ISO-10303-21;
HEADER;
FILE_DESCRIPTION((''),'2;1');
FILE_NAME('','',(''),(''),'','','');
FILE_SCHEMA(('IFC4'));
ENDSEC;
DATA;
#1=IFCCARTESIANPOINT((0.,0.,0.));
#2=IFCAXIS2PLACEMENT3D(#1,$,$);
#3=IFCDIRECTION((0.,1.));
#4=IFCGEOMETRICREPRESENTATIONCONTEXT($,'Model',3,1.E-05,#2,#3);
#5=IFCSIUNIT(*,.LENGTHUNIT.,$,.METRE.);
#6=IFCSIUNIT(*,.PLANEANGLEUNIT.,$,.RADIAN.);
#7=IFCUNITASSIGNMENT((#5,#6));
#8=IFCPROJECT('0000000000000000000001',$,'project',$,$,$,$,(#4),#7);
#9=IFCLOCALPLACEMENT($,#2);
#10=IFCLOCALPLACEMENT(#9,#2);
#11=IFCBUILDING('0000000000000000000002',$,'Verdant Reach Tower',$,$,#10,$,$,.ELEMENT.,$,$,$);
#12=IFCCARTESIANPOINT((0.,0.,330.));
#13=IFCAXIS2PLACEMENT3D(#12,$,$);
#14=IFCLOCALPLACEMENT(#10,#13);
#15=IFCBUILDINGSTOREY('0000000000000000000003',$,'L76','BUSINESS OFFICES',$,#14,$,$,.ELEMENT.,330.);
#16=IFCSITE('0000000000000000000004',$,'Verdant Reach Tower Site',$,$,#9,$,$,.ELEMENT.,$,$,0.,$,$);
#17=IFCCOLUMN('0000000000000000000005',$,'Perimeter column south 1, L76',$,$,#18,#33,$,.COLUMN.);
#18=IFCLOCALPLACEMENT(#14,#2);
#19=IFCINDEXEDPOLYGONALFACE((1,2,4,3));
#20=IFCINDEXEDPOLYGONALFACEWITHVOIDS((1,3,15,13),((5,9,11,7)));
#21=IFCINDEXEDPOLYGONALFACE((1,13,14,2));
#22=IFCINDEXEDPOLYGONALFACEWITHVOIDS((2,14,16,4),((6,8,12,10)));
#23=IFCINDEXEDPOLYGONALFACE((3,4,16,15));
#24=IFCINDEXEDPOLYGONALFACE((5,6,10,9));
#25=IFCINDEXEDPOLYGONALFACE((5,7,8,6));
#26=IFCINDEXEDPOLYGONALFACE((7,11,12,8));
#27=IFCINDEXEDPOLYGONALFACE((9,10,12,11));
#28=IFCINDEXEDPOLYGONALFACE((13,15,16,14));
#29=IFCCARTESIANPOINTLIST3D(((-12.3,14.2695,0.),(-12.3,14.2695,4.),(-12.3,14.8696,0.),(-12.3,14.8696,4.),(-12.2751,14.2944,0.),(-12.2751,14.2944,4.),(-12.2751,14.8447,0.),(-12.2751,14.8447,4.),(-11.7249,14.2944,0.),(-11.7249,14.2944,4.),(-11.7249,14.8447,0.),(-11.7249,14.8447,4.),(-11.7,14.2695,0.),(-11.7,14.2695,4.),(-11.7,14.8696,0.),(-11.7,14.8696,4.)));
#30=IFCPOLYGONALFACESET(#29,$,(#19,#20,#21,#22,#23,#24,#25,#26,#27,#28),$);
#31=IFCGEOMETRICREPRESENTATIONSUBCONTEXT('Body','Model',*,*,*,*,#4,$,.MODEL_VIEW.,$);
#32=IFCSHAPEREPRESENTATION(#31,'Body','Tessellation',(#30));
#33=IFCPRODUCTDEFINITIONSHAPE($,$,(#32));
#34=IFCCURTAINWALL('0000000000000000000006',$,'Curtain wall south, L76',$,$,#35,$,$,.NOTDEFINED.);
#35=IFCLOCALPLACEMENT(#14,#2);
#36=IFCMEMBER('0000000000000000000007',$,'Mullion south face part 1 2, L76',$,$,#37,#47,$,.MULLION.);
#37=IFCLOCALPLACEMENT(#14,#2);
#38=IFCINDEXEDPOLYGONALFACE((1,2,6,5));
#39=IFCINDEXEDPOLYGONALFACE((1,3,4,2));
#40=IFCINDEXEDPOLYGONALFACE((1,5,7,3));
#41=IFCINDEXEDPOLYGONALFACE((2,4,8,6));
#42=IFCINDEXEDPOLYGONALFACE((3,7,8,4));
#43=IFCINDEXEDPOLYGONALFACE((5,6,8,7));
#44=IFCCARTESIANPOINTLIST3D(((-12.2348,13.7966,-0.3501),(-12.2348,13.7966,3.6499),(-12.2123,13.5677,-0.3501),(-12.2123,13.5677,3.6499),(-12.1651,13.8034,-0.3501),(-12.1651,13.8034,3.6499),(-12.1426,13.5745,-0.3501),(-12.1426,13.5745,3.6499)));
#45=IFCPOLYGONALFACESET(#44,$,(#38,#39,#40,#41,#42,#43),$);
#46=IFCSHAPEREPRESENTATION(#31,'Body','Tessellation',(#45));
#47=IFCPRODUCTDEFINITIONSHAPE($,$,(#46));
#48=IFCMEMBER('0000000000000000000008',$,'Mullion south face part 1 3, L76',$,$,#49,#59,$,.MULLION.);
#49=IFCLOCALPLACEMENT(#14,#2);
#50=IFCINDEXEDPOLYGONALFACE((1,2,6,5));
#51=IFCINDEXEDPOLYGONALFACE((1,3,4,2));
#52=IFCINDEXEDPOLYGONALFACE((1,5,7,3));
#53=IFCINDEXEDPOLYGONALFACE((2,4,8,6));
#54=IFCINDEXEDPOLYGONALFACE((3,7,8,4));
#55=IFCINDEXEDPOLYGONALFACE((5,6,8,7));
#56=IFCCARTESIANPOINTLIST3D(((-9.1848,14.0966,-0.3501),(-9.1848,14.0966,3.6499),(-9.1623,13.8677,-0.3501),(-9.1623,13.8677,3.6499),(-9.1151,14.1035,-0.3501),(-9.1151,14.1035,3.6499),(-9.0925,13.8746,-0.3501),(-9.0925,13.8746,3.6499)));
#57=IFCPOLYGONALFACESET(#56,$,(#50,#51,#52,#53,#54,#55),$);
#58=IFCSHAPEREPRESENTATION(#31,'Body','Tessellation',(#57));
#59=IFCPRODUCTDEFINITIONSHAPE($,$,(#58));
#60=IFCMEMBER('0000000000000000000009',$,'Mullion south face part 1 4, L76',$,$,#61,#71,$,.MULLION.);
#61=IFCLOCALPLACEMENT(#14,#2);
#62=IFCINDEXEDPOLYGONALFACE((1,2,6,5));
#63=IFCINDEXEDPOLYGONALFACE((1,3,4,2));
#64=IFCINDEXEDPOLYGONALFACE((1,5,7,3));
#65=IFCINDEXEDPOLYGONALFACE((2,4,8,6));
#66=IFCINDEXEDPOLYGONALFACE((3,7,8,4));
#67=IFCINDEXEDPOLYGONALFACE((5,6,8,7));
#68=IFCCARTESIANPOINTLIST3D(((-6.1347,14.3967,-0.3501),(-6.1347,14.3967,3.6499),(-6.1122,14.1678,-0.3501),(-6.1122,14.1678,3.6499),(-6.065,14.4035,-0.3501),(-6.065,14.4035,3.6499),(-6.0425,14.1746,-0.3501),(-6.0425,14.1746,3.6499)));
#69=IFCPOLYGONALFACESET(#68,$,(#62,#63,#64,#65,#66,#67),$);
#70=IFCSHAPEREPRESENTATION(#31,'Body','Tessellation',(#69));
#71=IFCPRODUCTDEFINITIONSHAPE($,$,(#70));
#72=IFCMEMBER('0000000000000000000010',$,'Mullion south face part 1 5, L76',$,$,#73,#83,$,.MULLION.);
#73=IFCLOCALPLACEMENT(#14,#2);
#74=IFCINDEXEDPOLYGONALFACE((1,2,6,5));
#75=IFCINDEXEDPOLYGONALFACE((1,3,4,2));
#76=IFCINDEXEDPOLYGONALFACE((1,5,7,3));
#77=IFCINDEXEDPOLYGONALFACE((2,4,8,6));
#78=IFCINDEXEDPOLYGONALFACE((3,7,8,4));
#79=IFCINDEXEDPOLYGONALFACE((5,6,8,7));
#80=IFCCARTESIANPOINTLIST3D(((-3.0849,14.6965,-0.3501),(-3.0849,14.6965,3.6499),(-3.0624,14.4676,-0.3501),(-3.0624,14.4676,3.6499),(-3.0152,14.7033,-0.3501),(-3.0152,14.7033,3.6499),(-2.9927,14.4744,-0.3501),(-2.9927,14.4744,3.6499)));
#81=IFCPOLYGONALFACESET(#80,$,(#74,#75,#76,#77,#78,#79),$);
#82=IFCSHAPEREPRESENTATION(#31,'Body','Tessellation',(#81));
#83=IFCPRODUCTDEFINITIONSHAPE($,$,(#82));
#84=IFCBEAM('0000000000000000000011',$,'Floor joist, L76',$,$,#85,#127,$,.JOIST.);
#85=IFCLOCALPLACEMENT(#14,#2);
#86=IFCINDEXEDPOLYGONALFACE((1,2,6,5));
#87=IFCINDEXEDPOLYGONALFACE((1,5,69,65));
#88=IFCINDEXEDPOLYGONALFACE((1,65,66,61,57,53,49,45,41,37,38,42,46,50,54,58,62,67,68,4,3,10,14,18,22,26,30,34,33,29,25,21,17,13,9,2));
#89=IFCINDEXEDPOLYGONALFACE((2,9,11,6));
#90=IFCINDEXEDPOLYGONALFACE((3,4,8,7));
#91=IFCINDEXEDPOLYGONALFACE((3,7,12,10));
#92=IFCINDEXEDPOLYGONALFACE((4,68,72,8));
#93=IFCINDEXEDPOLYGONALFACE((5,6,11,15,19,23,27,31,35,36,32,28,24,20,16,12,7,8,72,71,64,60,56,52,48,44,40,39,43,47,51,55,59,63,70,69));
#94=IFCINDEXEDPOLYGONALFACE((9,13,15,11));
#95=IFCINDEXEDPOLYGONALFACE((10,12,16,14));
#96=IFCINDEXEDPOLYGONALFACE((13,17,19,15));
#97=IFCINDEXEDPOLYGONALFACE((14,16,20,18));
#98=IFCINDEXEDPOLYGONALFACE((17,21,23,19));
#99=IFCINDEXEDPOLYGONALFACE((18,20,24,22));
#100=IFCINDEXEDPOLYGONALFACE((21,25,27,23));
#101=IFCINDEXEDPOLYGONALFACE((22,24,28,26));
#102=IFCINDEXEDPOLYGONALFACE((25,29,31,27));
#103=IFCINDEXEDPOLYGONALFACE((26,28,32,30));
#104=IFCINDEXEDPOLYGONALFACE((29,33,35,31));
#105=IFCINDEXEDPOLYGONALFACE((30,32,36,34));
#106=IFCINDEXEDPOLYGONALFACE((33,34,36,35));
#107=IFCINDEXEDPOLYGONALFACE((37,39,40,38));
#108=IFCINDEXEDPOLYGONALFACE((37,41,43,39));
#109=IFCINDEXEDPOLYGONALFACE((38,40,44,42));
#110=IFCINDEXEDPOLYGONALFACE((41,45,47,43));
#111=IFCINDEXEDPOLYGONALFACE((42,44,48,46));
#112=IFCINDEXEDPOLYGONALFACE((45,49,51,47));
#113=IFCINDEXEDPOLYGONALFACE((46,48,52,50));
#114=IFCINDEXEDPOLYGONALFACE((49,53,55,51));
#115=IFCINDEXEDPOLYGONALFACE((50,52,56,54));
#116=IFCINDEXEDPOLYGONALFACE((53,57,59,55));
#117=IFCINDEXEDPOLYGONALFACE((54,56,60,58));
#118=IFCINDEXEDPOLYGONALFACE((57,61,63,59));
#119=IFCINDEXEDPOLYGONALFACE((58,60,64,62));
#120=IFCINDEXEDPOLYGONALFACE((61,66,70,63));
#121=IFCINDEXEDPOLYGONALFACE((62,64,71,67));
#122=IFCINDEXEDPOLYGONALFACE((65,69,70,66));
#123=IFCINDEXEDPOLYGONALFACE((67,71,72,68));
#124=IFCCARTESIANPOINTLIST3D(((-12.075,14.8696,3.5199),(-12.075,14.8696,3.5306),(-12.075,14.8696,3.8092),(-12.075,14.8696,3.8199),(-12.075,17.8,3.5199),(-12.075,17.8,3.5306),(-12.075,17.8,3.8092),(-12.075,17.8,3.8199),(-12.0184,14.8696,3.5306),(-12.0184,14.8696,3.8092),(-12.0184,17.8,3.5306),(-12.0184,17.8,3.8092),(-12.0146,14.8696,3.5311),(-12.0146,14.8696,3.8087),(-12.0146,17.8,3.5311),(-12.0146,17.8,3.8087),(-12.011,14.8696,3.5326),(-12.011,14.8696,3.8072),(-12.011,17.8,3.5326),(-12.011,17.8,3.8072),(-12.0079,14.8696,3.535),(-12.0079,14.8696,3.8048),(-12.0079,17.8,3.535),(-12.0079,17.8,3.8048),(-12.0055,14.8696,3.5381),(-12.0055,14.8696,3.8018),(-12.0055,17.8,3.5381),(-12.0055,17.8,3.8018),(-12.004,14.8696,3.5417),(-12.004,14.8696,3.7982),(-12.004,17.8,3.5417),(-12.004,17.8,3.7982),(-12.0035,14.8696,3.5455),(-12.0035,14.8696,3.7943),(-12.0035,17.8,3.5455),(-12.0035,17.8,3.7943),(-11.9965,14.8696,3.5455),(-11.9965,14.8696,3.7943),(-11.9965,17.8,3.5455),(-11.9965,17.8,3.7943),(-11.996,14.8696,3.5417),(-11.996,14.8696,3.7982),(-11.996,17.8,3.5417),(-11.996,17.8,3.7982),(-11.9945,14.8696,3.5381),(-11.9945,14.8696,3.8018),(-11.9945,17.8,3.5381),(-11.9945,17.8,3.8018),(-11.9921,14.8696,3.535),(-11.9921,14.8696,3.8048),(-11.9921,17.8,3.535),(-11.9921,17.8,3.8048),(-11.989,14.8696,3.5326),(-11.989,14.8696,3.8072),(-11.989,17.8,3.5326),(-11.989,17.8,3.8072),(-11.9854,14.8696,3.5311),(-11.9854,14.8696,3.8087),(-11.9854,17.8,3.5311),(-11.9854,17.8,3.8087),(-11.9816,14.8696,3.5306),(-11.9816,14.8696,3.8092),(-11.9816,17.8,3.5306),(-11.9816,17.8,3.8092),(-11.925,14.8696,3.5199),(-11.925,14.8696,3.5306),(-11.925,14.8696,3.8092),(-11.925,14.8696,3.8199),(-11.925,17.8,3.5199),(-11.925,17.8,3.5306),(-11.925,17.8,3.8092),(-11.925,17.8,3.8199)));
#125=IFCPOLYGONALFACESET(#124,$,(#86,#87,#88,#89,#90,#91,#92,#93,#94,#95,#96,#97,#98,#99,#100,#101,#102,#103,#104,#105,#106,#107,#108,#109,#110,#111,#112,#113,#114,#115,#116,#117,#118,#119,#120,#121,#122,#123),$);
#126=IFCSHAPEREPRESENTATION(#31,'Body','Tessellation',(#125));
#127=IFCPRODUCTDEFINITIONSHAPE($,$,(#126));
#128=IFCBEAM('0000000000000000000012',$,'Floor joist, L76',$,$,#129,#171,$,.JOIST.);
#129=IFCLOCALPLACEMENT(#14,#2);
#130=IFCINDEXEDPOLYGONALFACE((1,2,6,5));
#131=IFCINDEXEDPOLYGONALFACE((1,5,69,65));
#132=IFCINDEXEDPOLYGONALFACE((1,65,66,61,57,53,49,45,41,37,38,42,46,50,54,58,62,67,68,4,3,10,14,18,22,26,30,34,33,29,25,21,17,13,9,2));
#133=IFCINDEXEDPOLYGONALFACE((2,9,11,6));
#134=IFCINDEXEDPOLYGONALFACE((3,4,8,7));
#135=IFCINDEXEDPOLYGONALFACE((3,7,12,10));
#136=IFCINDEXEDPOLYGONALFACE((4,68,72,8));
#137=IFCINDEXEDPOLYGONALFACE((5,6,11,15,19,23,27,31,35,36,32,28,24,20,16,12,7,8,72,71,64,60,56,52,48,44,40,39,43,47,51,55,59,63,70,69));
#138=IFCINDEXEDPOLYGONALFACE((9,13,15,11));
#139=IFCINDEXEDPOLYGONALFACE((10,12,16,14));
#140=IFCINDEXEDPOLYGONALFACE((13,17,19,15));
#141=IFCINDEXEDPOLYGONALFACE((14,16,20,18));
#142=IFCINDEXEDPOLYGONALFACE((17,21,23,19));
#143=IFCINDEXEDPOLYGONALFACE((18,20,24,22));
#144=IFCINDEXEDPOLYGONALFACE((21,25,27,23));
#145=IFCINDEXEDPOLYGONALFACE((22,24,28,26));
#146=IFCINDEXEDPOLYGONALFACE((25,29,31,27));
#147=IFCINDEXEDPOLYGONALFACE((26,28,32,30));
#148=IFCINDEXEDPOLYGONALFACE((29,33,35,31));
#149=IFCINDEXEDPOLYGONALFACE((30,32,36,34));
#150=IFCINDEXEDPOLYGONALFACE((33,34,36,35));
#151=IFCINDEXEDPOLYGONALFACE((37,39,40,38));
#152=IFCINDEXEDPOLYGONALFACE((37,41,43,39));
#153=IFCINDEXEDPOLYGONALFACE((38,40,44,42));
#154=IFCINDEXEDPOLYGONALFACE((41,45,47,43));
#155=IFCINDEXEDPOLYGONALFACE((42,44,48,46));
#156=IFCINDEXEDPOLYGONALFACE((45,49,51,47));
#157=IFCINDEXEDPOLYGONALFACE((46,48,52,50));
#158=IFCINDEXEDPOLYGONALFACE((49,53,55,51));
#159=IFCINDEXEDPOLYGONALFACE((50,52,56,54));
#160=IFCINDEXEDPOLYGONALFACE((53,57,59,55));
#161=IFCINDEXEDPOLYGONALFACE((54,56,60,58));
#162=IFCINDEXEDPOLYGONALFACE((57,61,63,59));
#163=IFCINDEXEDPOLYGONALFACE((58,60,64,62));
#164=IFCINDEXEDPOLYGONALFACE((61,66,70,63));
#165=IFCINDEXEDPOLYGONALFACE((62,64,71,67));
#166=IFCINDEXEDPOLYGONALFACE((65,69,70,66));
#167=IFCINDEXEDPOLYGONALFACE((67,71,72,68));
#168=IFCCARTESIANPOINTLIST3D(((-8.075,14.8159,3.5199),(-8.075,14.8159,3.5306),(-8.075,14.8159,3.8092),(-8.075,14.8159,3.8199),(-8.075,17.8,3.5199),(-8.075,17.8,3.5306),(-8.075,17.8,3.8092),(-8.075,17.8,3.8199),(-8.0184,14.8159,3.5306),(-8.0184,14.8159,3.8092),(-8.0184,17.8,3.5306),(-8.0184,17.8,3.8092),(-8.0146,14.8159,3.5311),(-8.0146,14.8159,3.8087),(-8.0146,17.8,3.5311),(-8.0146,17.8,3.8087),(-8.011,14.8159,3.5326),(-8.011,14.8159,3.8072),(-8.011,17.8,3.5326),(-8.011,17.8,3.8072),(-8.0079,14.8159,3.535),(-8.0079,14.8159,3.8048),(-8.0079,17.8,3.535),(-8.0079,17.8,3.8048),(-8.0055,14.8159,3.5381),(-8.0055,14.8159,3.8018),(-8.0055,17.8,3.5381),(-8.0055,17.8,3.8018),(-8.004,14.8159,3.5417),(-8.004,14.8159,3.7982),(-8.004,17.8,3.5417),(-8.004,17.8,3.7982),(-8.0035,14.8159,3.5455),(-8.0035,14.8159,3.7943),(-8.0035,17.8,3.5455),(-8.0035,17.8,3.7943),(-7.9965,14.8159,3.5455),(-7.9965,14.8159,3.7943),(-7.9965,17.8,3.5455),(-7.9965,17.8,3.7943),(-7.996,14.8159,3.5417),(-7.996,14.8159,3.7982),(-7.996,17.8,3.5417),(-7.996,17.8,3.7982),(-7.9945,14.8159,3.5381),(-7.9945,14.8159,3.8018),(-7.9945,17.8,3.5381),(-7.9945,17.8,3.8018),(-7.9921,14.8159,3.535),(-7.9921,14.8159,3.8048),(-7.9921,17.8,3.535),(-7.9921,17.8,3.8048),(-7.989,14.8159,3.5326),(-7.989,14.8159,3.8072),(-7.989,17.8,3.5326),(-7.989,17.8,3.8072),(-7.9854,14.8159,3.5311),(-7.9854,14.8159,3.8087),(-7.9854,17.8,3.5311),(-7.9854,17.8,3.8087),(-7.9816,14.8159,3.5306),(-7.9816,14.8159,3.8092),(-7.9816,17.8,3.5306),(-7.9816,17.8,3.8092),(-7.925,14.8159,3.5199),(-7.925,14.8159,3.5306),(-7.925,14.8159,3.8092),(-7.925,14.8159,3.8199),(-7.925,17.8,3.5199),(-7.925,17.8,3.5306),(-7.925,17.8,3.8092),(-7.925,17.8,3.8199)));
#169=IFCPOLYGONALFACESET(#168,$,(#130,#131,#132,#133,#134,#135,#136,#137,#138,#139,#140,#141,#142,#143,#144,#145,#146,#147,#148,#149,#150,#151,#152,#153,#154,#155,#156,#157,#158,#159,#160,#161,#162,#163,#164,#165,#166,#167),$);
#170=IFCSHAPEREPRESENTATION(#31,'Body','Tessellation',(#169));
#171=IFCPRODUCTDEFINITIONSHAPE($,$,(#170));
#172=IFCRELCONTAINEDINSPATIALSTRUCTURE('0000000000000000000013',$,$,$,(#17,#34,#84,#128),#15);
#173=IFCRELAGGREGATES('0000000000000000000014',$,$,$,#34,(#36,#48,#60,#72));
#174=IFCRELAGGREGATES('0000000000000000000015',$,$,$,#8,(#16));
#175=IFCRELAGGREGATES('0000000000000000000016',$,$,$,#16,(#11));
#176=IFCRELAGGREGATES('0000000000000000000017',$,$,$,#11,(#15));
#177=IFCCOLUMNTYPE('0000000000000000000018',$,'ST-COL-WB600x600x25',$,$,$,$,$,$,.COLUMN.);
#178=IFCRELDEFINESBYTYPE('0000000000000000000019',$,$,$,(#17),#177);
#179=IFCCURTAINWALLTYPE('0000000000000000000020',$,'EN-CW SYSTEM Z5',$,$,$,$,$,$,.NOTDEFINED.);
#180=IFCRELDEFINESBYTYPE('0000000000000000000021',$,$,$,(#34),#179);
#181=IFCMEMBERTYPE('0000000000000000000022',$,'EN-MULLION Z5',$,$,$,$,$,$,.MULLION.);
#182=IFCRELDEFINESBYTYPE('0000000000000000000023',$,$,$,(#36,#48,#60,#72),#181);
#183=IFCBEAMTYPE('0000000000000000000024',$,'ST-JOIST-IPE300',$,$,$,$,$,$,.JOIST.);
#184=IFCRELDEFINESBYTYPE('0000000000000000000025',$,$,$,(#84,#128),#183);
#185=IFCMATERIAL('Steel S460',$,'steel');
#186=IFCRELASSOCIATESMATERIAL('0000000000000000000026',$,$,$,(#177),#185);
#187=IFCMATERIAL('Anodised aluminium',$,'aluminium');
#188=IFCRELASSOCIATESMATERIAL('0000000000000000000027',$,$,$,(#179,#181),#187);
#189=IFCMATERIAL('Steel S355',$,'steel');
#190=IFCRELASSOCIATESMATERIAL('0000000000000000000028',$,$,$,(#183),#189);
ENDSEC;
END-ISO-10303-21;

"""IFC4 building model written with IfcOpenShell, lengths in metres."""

from ifc_helpers import new_model, si_unit, direction, frame, origin, origin_2d, place, context, subcontext, project, spatial, rectangle, hollow_rectangle, i_section, extrude, material, material_profile, profile_set, type_object, element, aggregate, save


model = new_model("IFC4")

# Units and contexts
model_context = context("Model", 3, precision=1e-05, world=origin(), true_north=direction((0.0, 1.0)))
body_context = subcontext(model_context, "Body", "Model", "MODEL_VIEW")
ifc_project = project(units=[si_unit("LENGTHUNIT", "METRE"), si_unit("PLANEANGLEUNIT", "RADIAN")], contexts=[model_context])

# Site, building, storey
site_placement = place(None, origin())
site = spatial("IfcSite", under=ifc_project, at=site_placement, Name="Verdant Reach Tower Site", CompositionType="ELEMENT", RefElevation=0.0)
building_placement = place(site_placement, origin())
building = spatial("IfcBuilding", under=site, at=building_placement, Name="Verdant Reach Tower", CompositionType="ELEMENT")
storey_placement = place(building_placement, frame((0.0, 0.0, 330.0)))
storey = spatial("IfcBuildingStorey", under=building, at=storey_placement, Name="L76", Description="BUSINESS OFFICES", CompositionType="ELEMENT", Elevation=330.0)

# Column
ifc_material_1 = material(Name="Steel S460", Category="steel")
ifc_material_profile_1 = material_profile(ifc_material_1, hollow_rectangle(XDim=0.6001, YDim=0.6001, WallThickness=0.0249, at=origin_2d()), Name="WB 600x600x25")
ifc_profile_set_1 = profile_set([ifc_material_profile_1], Name="Steel S460")
column_type = type_object("IfcColumnType", Name="ST-COL-WB600x600x25", PredefinedType="COLUMN", material=ifc_profile_set_1)
column_placement = place(storey_placement, frame((-12.0, 14.5696, 0.0), z_axis=(0.0, 0.0, 1.0), x_axis=(1.0, 0.0, 0.0)))
element("IfcColumn", 1, at=column_placement, inside=storey, type_object=column_type, Name="Perimeter column south 1, L76", PredefinedType="COLUMN", context=body_context, shape_type="SweptSolid", body=[
    extrude(hollow_rectangle(XDim=0.6001, YDim=0.6001, WallThickness=0.0249, at=origin_2d()), origin(), (0.0, 0.0, 1.0), 4.0),
])

# Curtain wall, members
ifc_material_2 = material(Name="Anodised aluminium", Category="aluminium")
curtain_wall_type = type_object("IfcCurtainWallType", Name="EN-CW SYSTEM Z5", PredefinedType="NOTDEFINED", material=ifc_material_2)
curtain_wall_placement = place(storey_placement, origin())
curtain_wall = element("IfcCurtainWall", 2, at=curtain_wall_placement, inside=storey, type_object=curtain_wall_type, Name="Curtain wall south, L76", PredefinedType="NOTDEFINED")
ifc_material_profile_2 = material_profile(ifc_material_2, rectangle(XDim=0.23, YDim=0.0701, at=origin_2d()), Name="Mullion 70x230")
ifc_profile_set_2 = profile_set([ifc_material_profile_2], Name="Anodised aluminium")
member_type = type_object("IfcMemberType", Name="EN-MULLION Z5", PredefinedType="MULLION", material=ifc_profile_set_2)
member_1_placement = place(storey_placement, frame((-12.1887, 13.6855, -0.3501), z_axis=(0.0, 0.0, 1.0), x_axis=(0.097888, -0.995197, 0.0)))
member_1 = element("IfcMember", 3, at=member_1_placement, type_object=member_type, Name="Mullion south face part 1 2, L76", PredefinedType="MULLION", context=body_context, shape_type="SweptSolid", body=[
    extrude(rectangle(XDim=0.23, YDim=0.0701, at=origin_2d()), origin(), (0.0, 0.0, 1.0), 4.0),
])
member_2_placement = place(storey_placement, frame((-9.1387, 13.9856, -0.3501), z_axis=(0.0, 0.0, 1.0), x_axis=(0.097888, -0.995197, 0.0)))
member_2 = element("IfcMember", 4, at=member_2_placement, type_object=member_type, Name="Mullion south face part 1 3, L76", PredefinedType="MULLION", context=body_context, shape_type="SweptSolid", body=[
    extrude(rectangle(XDim=0.23, YDim=0.0701, at=origin_2d()), origin(), (0.0, 0.0, 1.0), 4.0),
])
member_3_placement = place(storey_placement, frame((-6.0886, 14.2856, -0.3501), z_axis=(0.0, 0.0, 1.0), x_axis=(0.097888, -0.995197, 0.0)))
member_3 = element("IfcMember", 5, at=member_3_placement, type_object=member_type, Name="Mullion south face part 1 4, L76", PredefinedType="MULLION", context=body_context, shape_type="SweptSolid", body=[
    extrude(rectangle(XDim=0.23, YDim=0.0701, at=origin_2d()), origin(), (0.0, 0.0, 1.0), 4.0),
])
member_4_placement = place(storey_placement, frame((-3.0388, 14.5854, -0.3501), z_axis=(0.0, 0.0, 1.0), x_axis=(0.097888, -0.995197, 0.0)))
member_4 = element("IfcMember", 6, at=member_4_placement, type_object=member_type, Name="Mullion south face part 1 5, L76", PredefinedType="MULLION", context=body_context, shape_type="SweptSolid", body=[
    extrude(rectangle(XDim=0.23, YDim=0.0701, at=origin_2d()), origin(), (0.0, 0.0, 1.0), 4.0),
])

# Beams
ifc_material_3 = material(Name="Steel S355", Category="steel")
ifc_material_profile_3 = material_profile(ifc_material_3, i_section(OverallWidth=0.1499, OverallDepth=0.3, WebThickness=0.0071, FlangeThickness=0.0107, FilletRadius=0.0149, at=origin_2d()), Name="IPE 300")
ifc_profile_set_3 = profile_set([ifc_material_profile_3], Name="Steel S355")
beam_type_1 = type_object("IfcBeamType", Name="ST-JOIST-IPE300", PredefinedType="JOIST", material=ifc_profile_set_3)
beam_1_placement = place(storey_placement, frame((-12.0, 17.8, 3.6699), z_axis=(0.0, -1.0, 0.0), x_axis=(1.0, 0.0, 0.0)))
element("IfcBeam", 7, at=beam_1_placement, inside=storey, type_object=beam_type_1, Name="Floor joist, L76", PredefinedType="JOIST", context=body_context, shape_type="SweptSolid", body=[
    extrude(i_section(OverallWidth=0.1499, OverallDepth=0.3, WebThickness=0.0071, FlangeThickness=0.0107, FilletRadius=0.0149, at=origin_2d()), origin(), (0.0, 0.0, 1.0), 2.9304),
])
beam_2_placement = place(storey_placement, frame((-8.0, 17.8, 3.6699), z_axis=(0.0, -1.0, 0.0), x_axis=(1.0, 0.0, 0.0)))
element("IfcBeam", 8, at=beam_2_placement, inside=storey, type_object=beam_type_1, Name="Floor joist, L76", PredefinedType="JOIST", context=body_context, shape_type="SweptSolid", body=[
    extrude(i_section(OverallWidth=0.1499, OverallDepth=0.3, WebThickness=0.0071, FlangeThickness=0.0107, FilletRadius=0.0149, at=origin_2d()), origin(), (0.0, 0.0, 1.0), 2.9841),
])

aggregate(curtain_wall, [member_1, member_2, member_3, member_4])

save(model, "model.ifc")
